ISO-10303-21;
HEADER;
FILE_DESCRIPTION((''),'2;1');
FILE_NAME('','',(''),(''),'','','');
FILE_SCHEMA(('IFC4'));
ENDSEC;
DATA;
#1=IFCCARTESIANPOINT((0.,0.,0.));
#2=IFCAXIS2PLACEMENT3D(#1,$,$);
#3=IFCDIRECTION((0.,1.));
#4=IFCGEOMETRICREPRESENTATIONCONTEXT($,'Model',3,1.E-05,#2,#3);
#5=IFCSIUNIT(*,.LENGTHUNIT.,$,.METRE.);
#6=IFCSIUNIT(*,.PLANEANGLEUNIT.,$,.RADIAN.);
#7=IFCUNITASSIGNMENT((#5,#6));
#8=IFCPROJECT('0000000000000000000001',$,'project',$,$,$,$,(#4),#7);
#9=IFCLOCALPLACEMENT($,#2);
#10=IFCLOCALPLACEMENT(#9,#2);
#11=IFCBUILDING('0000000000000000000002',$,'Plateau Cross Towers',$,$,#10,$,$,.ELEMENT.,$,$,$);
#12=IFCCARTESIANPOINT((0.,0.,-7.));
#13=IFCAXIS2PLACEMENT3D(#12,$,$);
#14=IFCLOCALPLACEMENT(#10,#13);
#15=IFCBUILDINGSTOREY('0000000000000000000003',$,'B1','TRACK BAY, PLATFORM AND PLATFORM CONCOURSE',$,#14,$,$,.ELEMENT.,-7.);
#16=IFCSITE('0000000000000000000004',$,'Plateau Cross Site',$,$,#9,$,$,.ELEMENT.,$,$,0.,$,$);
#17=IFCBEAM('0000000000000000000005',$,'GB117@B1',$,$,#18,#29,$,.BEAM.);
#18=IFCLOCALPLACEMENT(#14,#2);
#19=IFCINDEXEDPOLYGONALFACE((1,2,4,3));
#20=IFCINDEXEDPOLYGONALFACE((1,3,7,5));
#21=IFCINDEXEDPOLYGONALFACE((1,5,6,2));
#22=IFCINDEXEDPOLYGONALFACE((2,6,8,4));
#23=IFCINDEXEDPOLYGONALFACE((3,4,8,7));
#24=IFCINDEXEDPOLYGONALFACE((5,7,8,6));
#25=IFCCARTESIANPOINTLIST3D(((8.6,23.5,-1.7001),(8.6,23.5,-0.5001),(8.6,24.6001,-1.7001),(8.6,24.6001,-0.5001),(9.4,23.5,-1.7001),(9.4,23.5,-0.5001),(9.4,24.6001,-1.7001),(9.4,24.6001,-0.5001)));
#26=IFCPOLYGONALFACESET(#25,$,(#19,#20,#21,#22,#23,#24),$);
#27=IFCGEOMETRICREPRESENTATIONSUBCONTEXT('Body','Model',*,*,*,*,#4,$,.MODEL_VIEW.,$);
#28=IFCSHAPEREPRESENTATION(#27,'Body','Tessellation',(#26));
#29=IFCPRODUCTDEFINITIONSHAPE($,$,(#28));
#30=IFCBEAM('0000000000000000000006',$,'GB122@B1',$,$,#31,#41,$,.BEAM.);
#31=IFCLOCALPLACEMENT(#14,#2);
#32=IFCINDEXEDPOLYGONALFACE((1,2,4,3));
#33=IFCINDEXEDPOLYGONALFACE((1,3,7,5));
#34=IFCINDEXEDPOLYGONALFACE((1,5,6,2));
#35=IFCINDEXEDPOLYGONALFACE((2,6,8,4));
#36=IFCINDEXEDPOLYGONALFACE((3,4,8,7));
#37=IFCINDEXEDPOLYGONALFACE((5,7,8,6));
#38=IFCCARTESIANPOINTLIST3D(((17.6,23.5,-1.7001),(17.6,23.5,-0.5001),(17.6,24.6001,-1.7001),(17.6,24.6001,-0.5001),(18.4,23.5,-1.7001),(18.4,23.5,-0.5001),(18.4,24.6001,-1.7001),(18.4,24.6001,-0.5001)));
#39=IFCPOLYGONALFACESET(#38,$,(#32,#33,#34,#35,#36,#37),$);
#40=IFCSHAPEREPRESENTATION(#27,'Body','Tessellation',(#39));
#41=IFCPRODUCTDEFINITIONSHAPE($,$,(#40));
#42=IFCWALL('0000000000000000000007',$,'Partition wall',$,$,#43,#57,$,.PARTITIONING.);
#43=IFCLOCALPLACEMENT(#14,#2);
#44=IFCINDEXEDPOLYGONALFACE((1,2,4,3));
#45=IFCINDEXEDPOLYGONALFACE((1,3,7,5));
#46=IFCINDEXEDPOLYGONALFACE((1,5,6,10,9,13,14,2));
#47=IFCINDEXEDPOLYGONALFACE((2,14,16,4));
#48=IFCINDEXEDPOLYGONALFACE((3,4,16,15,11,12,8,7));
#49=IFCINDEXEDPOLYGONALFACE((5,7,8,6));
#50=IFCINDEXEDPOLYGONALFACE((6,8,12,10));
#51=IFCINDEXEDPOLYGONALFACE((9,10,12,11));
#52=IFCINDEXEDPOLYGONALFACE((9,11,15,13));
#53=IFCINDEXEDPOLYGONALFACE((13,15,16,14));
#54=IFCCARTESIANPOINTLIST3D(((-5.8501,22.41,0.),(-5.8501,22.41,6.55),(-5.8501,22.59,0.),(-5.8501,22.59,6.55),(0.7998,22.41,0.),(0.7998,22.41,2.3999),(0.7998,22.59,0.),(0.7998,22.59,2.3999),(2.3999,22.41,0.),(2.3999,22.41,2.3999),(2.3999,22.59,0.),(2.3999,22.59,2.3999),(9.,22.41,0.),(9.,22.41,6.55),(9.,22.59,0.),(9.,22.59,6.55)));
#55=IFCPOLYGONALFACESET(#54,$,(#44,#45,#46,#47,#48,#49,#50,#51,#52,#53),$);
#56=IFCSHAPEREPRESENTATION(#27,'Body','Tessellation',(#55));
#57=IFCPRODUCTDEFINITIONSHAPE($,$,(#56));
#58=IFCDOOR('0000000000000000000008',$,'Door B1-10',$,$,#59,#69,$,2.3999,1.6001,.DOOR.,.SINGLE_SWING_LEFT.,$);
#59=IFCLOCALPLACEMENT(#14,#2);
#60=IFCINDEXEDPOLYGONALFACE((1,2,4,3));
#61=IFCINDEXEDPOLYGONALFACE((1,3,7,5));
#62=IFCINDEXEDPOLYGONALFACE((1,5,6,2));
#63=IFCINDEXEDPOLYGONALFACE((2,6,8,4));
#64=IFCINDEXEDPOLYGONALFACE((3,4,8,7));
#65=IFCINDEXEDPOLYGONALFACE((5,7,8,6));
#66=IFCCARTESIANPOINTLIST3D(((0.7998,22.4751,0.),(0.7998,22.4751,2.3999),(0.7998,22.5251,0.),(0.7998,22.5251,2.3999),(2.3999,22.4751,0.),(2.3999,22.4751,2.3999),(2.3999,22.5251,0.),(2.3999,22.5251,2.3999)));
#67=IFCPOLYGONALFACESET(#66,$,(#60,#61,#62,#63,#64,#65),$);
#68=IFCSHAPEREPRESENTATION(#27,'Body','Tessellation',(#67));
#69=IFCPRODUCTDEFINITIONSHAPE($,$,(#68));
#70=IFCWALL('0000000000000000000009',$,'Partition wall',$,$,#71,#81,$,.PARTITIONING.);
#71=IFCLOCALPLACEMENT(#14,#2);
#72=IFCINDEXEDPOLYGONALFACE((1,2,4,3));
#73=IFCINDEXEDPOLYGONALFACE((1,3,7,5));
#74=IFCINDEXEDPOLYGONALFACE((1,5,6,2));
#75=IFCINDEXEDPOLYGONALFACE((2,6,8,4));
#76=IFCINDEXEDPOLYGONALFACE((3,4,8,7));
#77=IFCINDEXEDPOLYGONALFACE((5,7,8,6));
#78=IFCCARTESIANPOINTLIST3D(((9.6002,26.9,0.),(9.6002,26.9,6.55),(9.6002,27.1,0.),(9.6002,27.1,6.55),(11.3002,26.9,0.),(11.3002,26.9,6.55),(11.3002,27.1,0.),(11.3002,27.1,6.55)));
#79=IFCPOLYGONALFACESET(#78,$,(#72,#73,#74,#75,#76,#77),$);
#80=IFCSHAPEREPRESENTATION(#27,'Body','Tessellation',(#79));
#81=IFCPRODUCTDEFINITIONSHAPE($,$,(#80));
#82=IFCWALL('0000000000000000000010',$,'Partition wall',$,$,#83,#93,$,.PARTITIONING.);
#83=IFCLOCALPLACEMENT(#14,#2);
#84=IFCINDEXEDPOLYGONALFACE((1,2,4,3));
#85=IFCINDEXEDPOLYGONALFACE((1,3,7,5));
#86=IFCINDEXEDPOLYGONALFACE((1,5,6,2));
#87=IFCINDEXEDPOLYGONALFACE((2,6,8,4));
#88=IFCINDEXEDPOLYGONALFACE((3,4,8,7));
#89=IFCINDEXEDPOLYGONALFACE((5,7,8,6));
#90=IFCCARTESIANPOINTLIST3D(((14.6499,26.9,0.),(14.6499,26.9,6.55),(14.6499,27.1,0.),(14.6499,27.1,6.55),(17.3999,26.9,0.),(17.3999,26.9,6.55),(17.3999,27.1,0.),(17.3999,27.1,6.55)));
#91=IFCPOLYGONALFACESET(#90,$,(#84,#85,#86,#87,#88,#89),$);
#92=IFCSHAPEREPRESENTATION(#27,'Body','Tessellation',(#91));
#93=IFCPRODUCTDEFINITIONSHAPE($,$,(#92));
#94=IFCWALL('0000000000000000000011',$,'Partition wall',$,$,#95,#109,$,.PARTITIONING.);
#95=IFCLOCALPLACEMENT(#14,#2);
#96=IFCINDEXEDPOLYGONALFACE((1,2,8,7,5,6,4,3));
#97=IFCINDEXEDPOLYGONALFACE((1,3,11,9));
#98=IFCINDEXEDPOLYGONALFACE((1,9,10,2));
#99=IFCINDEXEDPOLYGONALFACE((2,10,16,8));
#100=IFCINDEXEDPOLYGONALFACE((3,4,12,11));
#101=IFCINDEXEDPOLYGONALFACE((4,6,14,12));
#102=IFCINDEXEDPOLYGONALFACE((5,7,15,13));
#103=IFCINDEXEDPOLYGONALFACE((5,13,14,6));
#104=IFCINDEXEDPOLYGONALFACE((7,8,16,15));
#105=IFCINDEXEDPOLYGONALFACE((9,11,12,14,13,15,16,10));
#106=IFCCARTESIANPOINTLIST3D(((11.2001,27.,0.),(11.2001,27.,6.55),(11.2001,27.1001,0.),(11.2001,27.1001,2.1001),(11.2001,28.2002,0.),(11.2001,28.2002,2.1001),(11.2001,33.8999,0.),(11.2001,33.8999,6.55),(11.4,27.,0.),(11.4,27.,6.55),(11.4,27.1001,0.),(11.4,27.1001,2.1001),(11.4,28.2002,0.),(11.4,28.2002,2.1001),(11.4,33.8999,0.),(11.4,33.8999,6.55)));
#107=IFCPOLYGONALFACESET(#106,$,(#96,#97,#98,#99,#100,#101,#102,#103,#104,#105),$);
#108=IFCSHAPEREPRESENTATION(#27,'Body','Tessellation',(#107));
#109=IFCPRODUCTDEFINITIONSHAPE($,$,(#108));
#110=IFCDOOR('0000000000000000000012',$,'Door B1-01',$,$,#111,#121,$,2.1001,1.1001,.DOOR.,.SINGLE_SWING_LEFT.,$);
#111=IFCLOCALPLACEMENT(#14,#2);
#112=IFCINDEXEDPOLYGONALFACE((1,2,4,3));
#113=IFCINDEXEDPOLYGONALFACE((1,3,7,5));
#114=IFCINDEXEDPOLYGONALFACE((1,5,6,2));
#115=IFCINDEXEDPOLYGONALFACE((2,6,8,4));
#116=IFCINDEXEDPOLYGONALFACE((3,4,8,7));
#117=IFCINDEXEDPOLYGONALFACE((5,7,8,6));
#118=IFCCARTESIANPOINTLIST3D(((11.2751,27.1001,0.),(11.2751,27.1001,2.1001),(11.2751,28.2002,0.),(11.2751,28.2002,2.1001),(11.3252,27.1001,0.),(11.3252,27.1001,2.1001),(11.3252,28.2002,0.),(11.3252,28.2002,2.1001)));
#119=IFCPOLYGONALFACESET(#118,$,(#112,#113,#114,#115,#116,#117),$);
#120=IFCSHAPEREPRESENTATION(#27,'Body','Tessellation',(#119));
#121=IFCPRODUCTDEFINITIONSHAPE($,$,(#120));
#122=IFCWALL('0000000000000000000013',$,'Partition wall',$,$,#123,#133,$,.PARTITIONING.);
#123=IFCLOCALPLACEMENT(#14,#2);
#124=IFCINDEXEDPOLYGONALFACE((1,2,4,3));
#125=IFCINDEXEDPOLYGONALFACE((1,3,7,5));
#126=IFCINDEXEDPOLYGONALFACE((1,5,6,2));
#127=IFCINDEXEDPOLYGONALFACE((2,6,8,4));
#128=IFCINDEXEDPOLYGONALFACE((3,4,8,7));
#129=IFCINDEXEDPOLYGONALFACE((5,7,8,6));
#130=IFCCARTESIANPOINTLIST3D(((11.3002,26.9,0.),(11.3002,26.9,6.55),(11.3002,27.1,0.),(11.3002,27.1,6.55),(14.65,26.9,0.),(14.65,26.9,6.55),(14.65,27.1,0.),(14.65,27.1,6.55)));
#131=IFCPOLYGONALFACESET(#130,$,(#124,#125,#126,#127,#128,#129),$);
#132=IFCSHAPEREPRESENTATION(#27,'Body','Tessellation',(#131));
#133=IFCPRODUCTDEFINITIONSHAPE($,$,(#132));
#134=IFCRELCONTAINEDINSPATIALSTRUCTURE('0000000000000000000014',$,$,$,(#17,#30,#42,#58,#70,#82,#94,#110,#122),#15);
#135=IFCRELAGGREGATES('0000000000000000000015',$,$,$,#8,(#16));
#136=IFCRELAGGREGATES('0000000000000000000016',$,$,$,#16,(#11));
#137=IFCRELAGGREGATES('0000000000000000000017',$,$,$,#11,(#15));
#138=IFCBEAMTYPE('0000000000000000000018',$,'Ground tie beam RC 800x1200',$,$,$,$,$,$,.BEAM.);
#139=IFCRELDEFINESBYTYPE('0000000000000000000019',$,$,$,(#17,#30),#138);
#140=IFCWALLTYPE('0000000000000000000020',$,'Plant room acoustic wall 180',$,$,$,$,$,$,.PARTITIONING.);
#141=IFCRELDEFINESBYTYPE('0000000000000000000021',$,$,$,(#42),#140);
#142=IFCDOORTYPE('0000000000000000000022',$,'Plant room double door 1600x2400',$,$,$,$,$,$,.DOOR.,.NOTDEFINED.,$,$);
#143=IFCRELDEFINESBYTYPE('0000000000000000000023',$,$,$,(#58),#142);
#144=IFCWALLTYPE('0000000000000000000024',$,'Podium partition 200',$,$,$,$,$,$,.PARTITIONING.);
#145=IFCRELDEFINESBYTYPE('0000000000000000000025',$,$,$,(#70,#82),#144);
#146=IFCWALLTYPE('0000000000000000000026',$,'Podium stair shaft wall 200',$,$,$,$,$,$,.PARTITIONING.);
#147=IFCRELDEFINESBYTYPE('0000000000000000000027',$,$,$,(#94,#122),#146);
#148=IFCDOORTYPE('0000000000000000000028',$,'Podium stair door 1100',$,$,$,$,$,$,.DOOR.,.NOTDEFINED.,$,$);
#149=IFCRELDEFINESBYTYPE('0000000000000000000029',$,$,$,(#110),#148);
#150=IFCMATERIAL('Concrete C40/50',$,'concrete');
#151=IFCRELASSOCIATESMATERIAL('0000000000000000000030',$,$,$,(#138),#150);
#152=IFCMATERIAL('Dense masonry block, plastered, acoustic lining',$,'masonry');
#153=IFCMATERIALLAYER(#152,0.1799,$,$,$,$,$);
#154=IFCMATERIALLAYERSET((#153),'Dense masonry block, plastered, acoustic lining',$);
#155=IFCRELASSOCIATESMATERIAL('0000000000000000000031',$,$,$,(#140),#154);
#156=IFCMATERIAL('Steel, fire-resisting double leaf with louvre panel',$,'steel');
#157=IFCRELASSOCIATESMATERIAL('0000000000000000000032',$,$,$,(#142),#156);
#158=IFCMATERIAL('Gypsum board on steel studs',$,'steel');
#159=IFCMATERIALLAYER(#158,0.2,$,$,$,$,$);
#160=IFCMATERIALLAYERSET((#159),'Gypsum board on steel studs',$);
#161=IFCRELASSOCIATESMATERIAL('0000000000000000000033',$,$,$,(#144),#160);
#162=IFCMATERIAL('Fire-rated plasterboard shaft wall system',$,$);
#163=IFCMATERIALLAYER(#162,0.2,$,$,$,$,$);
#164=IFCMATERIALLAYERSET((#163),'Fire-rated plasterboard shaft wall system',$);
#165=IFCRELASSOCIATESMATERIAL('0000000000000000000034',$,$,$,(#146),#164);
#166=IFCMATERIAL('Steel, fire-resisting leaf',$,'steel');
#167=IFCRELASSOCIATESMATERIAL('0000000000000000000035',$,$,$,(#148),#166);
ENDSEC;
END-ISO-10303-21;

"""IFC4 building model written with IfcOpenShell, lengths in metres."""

from ifc_helpers import new_model, si_unit, direction, frame, frame_2d, origin, origin_2d, place, context, subcontext, project, spatial, rectangle, extrude, material, layer, layer_set, material_profile, profile_set, type_object, element, fill, save


model = new_model("IFC4")

# Units and contexts
model_context = context("Model", 3, precision=1e-05, world=origin(), true_north=direction((0.0, 1.0)))
body_context = subcontext(model_context, "Body", "Model", "MODEL_VIEW")
ifc_project = project(units=[si_unit("LENGTHUNIT", "METRE"), si_unit("PLANEANGLEUNIT", "RADIAN")], contexts=[model_context])

# Site, building, storey
site_placement = place(None, origin())
site = spatial("IfcSite", under=ifc_project, at=site_placement, Name="Plateau Cross Site", CompositionType="ELEMENT", RefElevation=0.0)
building_placement = place(site_placement, origin())
building = spatial("IfcBuilding", under=site, at=building_placement, Name="Plateau Cross Towers", CompositionType="ELEMENT")
storey_placement = place(building_placement, frame((0.0, 0.0, -7.0)))
storey = spatial("IfcBuildingStorey", under=building, at=storey_placement, Name="B1", Description="TRACK BAY, PLATFORM AND PLATFORM CONCOURSE", CompositionType="ELEMENT", Elevation=-7.0)

# Shared definitions
ifc_material_1 = material(Name="Concrete C40/50", Category="concrete")

# Beams
ifc_material_profile_1 = material_profile(ifc_material_1, rectangle(XDim=0.8, YDim=1.2, at=origin_2d()), Name="RC 800x1200")
ifc_profile_set_1 = profile_set([ifc_material_profile_1], Name="Concrete C40/50")
beam_type_1 = type_object("IfcBeamType", Name="Ground tie beam RC 800x1200", PredefinedType="BEAM", material=ifc_profile_set_1)
for number, where, z_axis, x_axis, name in (
    (1, (9.0, 23.5, -1.1001), (0.0, 1.0, 0.0), (-1.0, 0.0, 0.0), "GB117@B1"),
    (2, (18.0, 23.5, -1.1001), (0.0, 1.0, 0.0), (-1.0, 0.0, 0.0), "GB122@B1"),
):
    element("IfcBeam", number, at=place(storey_placement, frame(where, z_axis=z_axis, x_axis=x_axis)), inside=storey, type_object=beam_type_1, Name=name, PredefinedType="BEAM", context=body_context, shape_type="SweptSolid", body=[
        extrude(rectangle(XDim=0.8, YDim=1.2, at=origin_2d()), origin(), (0.0, 0.0, 1.0), 1.1001),
    ])

# Wall, opening, door
ifc_material_2 = material(Name="Dense masonry block, plastered, acoustic lining", Category="masonry")
ifc_layer_1 = layer(ifc_material_2, 0.1799)
ifc_layer_set_1 = layer_set([ifc_layer_1], Name="Dense masonry block, plastered, acoustic lining")
wall_type_1 = type_object("IfcWallType", Name="Plant room acoustic wall 180", PredefinedType="PARTITIONING", material=ifc_layer_set_1)
wall_1_placement = place(storey_placement, frame((9.0, 22.5, 0.0), z_axis=(0.0, 0.0, 1.0), x_axis=(-1.0, 0.0, 0.0)))
wall_1 = element("IfcWall", 3, at=wall_1_placement, inside=storey, type_object=wall_type_1, Name="Partition wall", PredefinedType="PARTITIONING", context=body_context, shape_type="SweptSolid", body=[
    extrude(rectangle(XDim=14.8501, YDim=0.1799, at=frame_2d((7.425, 0.0))), origin(), (0.0, 0.0, 1.0), 6.55),
])
opening_1_placement = place(wall_1_placement, frame((6.6001, 0.0, 0.0)))
opening_1 = element("IfcOpeningElement", 4, at=opening_1_placement, cuts=wall_1, PredefinedType="OPENING", context=body_context, shape_type="SweptSolid", body=[
    extrude(rectangle(XDim=1.6001, YDim=2.3999, at=frame_2d((0.8, 1.2))), frame((0.0, 0.0999, 0.0), z_axis=(0.0, -1.0, 0.0), x_axis=(1.0, 0.0, 0.0)), (0.0, 0.0, 1.0), 0.2),
])
ifc_material_3 = material(Name="Steel, fire-resisting double leaf with louvre panel", Category="steel")
door_type_1 = type_object("IfcDoorType", Name="Plant room double door 1600x2400", OperationType="NOTDEFINED", PredefinedType="DOOR", material=ifc_material_3)
door_1_placement = place(opening_1_placement, origin())
door_1 = element("IfcDoor", 5, at=door_1_placement, inside=storey, type_object=door_type_1, Name="Door B1-10", OperationType="SINGLE_SWING_LEFT", OverallHeight=2.3999, OverallWidth=1.6001, PredefinedType="DOOR", context=body_context, shape_type="SweptSolid", body=[
    extrude(rectangle(XDim=1.6001, YDim=2.3999, at=frame_2d((0.8, 1.2))), frame((0.0, 0.0249, 0.0), z_axis=(0.0, -1.0, 0.0), x_axis=(1.0, 0.0, 0.0)), (0.0, 0.0, 1.0), 0.05),
])
fill(opening_1, door_1)

# Walls
ifc_material_4 = material(Name="Gypsum board on steel studs", Category="steel")
ifc_layer_2 = layer(ifc_material_4, 0.2)
ifc_layer_set_2 = layer_set([ifc_layer_2], Name="Gypsum board on steel studs")
wall_type_2 = type_object("IfcWallType", Name="Podium partition 200", PredefinedType="PARTITIONING", material=ifc_layer_set_2)
wall_2_placement = place(storey_placement, frame((9.6001, 27.0, 0.0), z_axis=(0.0, 0.0, 1.0), x_axis=(1.0, 0.0, 0.0)))
element("IfcWall", 6, at=wall_2_placement, inside=storey, type_object=wall_type_2, Name="Partition wall", PredefinedType="PARTITIONING", context=body_context, shape_type="SweptSolid", body=[
    extrude(rectangle(XDim=1.7, YDim=0.2, at=frame_2d((0.8501, 0.0))), origin(), (0.0, 0.0, 1.0), 6.55),
])
wall_3_placement = place(storey_placement, frame((14.6499, 27.0, 0.0), z_axis=(0.0, 0.0, 1.0), x_axis=(1.0, 0.0, 0.0)))
element("IfcWall", 7, at=wall_3_placement, inside=storey, type_object=wall_type_2, Name="Partition wall", PredefinedType="PARTITIONING", context=body_context, shape_type="SweptSolid", body=[
    extrude(rectangle(XDim=2.75, YDim=0.2, at=frame_2d((1.375, 0.0))), origin(), (0.0, 0.0, 1.0), 6.55),
])

# Wall, opening, door
ifc_material_5 = material(Name="Fire-rated plasterboard shaft wall system")
ifc_layer_3 = layer(ifc_material_5, 0.2)
ifc_layer_set_3 = layer_set([ifc_layer_3], Name="Fire-rated plasterboard shaft wall system")
wall_type_3 = type_object("IfcWallType", Name="Podium stair shaft wall 200", PredefinedType="PARTITIONING", material=ifc_layer_set_3)
wall_4_placement = place(storey_placement, frame((11.3, 27.0, 0.0), z_axis=(0.0, 0.0, 1.0), x_axis=(0.0, 1.0, 0.0)))
wall_4 = element("IfcWall", 8, at=wall_4_placement, inside=storey, type_object=wall_type_3, Name="Partition wall", PredefinedType="PARTITIONING", context=body_context, shape_type="SweptSolid", body=[
    extrude(rectangle(XDim=6.8999, YDim=0.2, at=frame_2d((3.45, 0.0))), origin(), (0.0, 0.0, 1.0), 6.55),
])
opening_2_placement = place(wall_4_placement, frame((0.1001, 0.0, 0.0)))
opening_2 = element("IfcOpeningElement", 9, at=opening_2_placement, cuts=wall_4, PredefinedType="OPENING", context=body_context, shape_type="SweptSolid", body=[
    extrude(rectangle(XDim=1.1001, YDim=2.1001, at=frame_2d((0.55, 1.05))), frame((0.0, 0.1099, 0.0), z_axis=(0.0, -1.0, 0.0), x_axis=(1.0, 0.0, 0.0)), (0.0, 0.0, 1.0), 0.22),
])
ifc_material_6 = material(Name="Steel, fire-resisting leaf", Category="steel")
door_type_2 = type_object("IfcDoorType", Name="Podium stair door 1100", OperationType="NOTDEFINED", PredefinedType="DOOR", material=ifc_material_6)
door_2_placement = place(opening_2_placement, origin())
door_2 = element("IfcDoor", 10, at=door_2_placement, inside=storey, type_object=door_type_2, Name="Door B1-01", OperationType="SINGLE_SWING_LEFT", OverallHeight=2.1001, OverallWidth=1.1001, PredefinedType="DOOR", context=body_context, shape_type="SweptSolid", body=[
    extrude(rectangle(XDim=1.1001, YDim=2.1001, at=frame_2d((0.55, 1.05))), frame((0.0, 0.0249, 0.0), z_axis=(0.0, -1.0, 0.0), x_axis=(1.0, 0.0, 0.0)), (0.0, 0.0, 1.0), 0.05),
])
fill(opening_2, door_2)

# Wall
wall_5_placement = place(storey_placement, frame((14.6499, 27.0, 0.0), z_axis=(0.0, 0.0, 1.0), x_axis=(-1.0, 0.0, 0.0)))
element("IfcWall", 11, at=wall_5_placement, inside=storey, type_object=wall_type_3, Name="Partition wall", PredefinedType="PARTITIONING", context=body_context, shape_type="SweptSolid", body=[
    extrude(rectangle(XDim=3.3499, YDim=0.2, at=frame_2d((1.6748, 0.0))), origin(), (0.0, 0.0, 1.0), 6.55),
])

save(model, "model.ifc")
